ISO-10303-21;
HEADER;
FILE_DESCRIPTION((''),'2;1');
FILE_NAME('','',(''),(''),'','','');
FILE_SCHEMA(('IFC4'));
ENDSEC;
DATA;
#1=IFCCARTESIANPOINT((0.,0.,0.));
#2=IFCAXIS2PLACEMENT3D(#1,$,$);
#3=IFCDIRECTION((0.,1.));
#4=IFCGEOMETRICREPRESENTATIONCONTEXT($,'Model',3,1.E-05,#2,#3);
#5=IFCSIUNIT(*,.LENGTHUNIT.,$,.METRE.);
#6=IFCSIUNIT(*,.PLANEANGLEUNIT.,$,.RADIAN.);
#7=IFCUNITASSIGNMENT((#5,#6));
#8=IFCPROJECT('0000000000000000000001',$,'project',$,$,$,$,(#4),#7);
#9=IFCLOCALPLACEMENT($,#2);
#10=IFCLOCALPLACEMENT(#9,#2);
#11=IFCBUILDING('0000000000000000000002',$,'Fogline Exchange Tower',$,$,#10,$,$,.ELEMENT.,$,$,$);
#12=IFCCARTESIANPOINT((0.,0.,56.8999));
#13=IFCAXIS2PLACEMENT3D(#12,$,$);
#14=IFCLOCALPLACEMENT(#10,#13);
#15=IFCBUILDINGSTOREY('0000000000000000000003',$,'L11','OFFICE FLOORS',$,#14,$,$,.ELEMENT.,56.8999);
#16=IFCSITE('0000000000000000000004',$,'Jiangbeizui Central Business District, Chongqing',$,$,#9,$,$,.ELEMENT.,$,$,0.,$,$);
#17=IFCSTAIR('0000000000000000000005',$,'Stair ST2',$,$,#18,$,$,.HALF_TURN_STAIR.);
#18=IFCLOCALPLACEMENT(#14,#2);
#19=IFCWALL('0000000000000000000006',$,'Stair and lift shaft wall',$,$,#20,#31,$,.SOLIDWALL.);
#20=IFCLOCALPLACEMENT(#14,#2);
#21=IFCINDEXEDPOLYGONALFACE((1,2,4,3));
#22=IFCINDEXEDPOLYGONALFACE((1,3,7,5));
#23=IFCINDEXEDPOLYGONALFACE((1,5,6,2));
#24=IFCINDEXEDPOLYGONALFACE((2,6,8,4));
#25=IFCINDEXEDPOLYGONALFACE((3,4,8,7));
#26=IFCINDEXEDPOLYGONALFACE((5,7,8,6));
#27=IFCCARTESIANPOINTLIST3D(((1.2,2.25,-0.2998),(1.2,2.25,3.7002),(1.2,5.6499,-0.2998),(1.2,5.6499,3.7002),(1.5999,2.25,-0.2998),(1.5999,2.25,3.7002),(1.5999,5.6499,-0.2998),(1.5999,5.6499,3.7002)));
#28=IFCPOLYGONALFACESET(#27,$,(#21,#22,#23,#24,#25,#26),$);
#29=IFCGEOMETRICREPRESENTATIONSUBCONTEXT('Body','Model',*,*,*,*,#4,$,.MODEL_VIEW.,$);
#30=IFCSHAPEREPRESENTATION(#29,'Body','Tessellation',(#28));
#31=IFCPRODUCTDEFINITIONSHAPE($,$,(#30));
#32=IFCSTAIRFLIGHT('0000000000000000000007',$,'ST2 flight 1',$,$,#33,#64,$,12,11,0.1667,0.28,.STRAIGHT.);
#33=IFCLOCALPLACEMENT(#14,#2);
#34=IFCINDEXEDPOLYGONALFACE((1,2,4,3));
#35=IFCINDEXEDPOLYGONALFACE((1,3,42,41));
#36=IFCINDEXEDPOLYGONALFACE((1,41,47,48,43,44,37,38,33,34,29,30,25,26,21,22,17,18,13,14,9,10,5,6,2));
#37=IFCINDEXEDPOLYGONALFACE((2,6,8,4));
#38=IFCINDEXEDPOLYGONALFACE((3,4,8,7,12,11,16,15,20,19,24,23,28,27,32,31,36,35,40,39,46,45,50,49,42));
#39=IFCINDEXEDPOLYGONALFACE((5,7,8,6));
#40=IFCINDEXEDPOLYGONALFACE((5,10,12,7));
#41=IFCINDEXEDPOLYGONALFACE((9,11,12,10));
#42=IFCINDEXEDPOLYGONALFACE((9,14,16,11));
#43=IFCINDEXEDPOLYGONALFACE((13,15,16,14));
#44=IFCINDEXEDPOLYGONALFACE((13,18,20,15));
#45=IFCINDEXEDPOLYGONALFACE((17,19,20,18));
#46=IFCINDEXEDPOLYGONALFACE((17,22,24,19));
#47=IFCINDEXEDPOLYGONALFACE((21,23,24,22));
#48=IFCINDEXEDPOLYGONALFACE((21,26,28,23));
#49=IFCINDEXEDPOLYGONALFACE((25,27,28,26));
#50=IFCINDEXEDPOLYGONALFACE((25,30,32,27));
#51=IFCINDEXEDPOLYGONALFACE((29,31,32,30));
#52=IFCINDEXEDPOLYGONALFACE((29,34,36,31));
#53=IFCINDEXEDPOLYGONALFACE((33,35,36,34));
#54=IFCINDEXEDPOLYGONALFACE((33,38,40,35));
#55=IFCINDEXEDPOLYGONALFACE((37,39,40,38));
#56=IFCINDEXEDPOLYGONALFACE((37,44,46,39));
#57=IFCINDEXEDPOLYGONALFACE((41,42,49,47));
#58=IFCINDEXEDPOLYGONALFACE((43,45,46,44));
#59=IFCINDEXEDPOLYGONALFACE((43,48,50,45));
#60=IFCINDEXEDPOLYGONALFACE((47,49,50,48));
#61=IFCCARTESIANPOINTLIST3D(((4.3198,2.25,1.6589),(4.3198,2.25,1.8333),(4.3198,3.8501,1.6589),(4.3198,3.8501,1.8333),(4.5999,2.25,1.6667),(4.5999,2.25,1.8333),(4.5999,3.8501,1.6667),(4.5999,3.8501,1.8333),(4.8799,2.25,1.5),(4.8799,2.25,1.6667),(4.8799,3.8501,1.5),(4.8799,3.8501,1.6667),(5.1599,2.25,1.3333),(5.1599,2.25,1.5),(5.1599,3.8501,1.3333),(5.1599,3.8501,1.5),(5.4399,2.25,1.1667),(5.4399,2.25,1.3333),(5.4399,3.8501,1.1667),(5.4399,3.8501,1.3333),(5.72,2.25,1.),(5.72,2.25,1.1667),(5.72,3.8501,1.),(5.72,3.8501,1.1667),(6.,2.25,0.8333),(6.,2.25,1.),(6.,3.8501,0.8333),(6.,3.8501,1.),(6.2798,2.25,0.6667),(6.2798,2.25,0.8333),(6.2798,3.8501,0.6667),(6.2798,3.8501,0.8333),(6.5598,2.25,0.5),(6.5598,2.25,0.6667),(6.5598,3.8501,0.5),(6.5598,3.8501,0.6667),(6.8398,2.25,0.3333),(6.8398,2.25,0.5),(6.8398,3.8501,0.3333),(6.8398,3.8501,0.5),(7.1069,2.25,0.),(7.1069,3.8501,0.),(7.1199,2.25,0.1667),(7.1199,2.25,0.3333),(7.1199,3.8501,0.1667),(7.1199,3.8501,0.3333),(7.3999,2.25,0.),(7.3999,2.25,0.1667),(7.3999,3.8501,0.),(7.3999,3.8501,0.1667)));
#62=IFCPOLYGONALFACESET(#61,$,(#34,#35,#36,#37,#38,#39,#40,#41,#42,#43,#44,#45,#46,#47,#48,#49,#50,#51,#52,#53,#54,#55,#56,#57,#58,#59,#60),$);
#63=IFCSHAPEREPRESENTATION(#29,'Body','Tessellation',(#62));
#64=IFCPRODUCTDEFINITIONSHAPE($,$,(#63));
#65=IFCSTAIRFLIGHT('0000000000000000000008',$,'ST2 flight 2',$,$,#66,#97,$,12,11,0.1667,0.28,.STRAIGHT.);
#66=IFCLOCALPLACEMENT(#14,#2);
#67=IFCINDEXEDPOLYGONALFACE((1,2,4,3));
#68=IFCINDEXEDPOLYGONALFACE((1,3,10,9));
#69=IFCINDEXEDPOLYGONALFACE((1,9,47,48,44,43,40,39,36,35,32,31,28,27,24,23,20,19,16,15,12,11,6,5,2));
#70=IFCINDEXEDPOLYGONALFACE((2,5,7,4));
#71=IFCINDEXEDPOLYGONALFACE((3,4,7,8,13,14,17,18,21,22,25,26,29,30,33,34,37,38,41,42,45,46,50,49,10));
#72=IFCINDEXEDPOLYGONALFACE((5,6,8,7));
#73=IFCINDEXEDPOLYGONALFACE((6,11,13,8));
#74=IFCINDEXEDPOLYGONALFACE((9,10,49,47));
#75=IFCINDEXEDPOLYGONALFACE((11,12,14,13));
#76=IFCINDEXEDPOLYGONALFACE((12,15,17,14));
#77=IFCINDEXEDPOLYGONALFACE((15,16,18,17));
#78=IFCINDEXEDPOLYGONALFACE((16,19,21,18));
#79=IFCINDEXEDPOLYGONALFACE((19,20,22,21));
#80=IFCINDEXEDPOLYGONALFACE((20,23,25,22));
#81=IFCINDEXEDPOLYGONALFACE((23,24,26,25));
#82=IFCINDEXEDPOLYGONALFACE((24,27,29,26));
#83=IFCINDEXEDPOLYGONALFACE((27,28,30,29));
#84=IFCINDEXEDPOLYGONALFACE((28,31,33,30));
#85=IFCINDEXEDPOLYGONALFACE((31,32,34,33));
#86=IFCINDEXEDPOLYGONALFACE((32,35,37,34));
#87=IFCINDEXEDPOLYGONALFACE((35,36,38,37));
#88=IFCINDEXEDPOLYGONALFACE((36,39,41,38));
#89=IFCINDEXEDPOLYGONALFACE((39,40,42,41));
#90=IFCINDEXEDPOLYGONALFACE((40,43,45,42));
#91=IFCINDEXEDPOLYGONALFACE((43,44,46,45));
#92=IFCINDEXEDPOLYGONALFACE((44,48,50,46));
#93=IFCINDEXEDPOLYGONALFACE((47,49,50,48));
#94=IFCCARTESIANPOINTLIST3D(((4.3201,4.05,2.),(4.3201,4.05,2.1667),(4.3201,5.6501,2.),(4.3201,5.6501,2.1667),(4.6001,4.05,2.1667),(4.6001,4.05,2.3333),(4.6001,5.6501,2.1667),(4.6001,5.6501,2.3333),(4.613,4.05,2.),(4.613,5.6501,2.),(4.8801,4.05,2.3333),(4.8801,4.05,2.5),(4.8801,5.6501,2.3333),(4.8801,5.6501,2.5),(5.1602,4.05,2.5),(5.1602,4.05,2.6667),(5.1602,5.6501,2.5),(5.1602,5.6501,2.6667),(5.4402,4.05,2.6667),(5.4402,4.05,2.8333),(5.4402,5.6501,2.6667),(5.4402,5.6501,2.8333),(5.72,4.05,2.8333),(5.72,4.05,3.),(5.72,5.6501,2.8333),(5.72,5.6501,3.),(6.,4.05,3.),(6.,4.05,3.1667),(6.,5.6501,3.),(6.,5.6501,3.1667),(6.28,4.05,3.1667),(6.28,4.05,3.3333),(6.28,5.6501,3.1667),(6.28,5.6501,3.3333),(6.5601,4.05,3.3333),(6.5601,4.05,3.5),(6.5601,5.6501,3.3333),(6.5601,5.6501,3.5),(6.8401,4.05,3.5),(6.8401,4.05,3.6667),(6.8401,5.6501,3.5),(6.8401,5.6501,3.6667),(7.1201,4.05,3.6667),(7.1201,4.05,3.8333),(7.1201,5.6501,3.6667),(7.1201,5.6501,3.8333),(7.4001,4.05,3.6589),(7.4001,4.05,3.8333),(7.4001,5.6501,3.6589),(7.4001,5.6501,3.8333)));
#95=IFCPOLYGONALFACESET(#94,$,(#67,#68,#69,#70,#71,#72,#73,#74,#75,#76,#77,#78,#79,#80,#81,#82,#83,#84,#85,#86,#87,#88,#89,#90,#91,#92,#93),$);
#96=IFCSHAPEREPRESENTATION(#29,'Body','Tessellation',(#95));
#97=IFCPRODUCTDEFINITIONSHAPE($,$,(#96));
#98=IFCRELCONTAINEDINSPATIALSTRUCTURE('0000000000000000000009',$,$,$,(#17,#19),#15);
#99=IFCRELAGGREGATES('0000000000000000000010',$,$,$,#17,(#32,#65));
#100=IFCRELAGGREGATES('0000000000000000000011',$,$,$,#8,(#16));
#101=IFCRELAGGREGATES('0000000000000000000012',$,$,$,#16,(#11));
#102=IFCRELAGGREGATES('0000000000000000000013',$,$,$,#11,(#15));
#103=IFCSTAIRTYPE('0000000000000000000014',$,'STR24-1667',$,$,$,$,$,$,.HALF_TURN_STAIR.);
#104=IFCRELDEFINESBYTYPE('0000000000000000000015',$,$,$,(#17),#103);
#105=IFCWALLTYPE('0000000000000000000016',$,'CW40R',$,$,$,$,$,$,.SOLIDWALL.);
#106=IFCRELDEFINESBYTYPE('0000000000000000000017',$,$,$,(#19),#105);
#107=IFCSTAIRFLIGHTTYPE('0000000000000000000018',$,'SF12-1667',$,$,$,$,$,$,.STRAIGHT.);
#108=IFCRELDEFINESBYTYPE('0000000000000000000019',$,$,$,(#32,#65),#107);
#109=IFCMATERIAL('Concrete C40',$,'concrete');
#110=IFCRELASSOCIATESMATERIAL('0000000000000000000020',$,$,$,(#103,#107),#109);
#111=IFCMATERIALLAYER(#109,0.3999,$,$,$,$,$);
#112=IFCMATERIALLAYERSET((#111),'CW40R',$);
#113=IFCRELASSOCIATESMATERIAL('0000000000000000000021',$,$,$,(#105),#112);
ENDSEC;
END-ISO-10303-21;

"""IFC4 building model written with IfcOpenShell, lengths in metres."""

from ifc_helpers import new_model, si_unit, direction, frame, frame_2d, origin, place, context, subcontext, project, spatial, polyline, rectangle, outline, extrude, material, layer, layer_set, type_object, element, aggregate, save


model = new_model("IFC4")

# Units and contexts
model_context = context("Model", 3, precision=1e-05, world=origin(), true_north=direction((0.0, 1.0)))
body_context = subcontext(model_context, "Body", "Model", "MODEL_VIEW")
ifc_project = project(units=[si_unit("LENGTHUNIT", "METRE"), si_unit("PLANEANGLEUNIT", "RADIAN")], contexts=[model_context])

# Site, building, storey
site_placement = place(None, origin())
site = spatial("IfcSite", under=ifc_project, at=site_placement, Name="Jiangbeizui Central Business District, Chongqing", CompositionType="ELEMENT", RefElevation=0.0)
building_placement = place(site_placement, origin())
building = spatial("IfcBuilding", under=site, at=building_placement, Name="Fogline Exchange Tower", CompositionType="ELEMENT")
storey_placement = place(building_placement, frame((0.0, 0.0, 56.8999)))
storey = spatial("IfcBuildingStorey", under=building, at=storey_placement, Name="L11", Description="OFFICE FLOORS", CompositionType="ELEMENT", Elevation=56.8999)

# Shared definitions
ifc_material_1 = material(Name="Concrete C40", Category="concrete")

# Stair
stair_type = type_object("IfcStairType", Name="STR24-1667", PredefinedType="HALF_TURN_STAIR", material=ifc_material_1)
stair_1_placement = place(storey_placement, origin())
stair_1 = element("IfcStair", 1, at=stair_1_placement, inside=storey, type_object=stair_type, Name="Stair ST2", PredefinedType="HALF_TURN_STAIR")

# Wall
ifc_layer_1 = layer(ifc_material_1, 0.3999)
ifc_layer_set_1 = layer_set([ifc_layer_1], Name="CW40R")
wall_type_1 = type_object("IfcWallType", Name="CW40R", PredefinedType="SOLIDWALL", material=ifc_layer_set_1)
wall_1_placement = place(storey_placement, frame((1.3999, 2.25, -0.2998), z_axis=(0.0, 0.0, 1.0), x_axis=(0.0, 1.0, 0.0)))
element("IfcWall", 2, at=wall_1_placement, inside=storey, type_object=wall_type_1, Name="Stair and lift shaft wall", PredefinedType="SOLIDWALL", context=body_context, shape_type="SweptSolid", body=[
    extrude(rectangle(XDim=3.3999, YDim=0.3999, at=frame_2d((1.7, 0.0))), origin(), (0.0, 0.0, 1.0), 4.0),
])

# Stair flights
stair_flight_type = type_object("IfcStairFlightType", Name="SF12-1667", PredefinedType="STRAIGHT", material=ifc_material_1)
stair_flight_1_placement = place(storey_placement, frame((7.3999, 3.05, 0.0), z_axis=(0.0, 0.0, 1.0), x_axis=(-1.0, 0.0, 0.0)))
stair_flight_1 = element("IfcStairFlight", 3, at=stair_flight_1_placement, type_object=stair_flight_type, Name="ST2 flight 1", NumberOfRisers=12, NumberOfTreads=11, PredefinedType="STRAIGHT", RiserHeight=0.1667, TreadLength=0.28, context=body_context, shape_type="SweptSolid", body=[
    extrude(outline(polyline([(0.0, 0.0), (0.0, 0.1667), (0.28, 0.1667), (0.28, 0.3333), (0.5601, 0.3333), (0.5601, 0.5), (0.8401, 0.5), (0.8401, 0.6667), (1.1201, 0.6667), (1.1201, 0.8333), (1.3999, 0.8333), (1.3999, 1.0), (1.6799, 1.0), (1.6799, 1.1667), (1.96, 1.1667), (1.96, 1.3333), (2.24, 1.3333), (2.24, 1.5), (2.52, 1.5), (2.52, 1.6667), (2.8, 1.6667), (2.8, 1.8333), (3.0801, 1.8333), (3.0801, 2.0), (3.0801, 1.6589), (0.293, 0.0), (0.0, 0.0)])), frame((0.0, 0.8, 0.0), z_axis=(0.0, -1.0, 0.0), x_axis=(1.0, 0.0, 0.0)), (0.0, 0.0, 1.0), 1.6001),
])
stair_flight_2_placement = place(storey_placement, frame((4.3201, 4.8501, 2.0), z_axis=(0.0, 0.0, 1.0), x_axis=(1.0, 0.0, 0.0)))
stair_flight_2 = element("IfcStairFlight", 4, at=stair_flight_2_placement, type_object=stair_flight_type, Name="ST2 flight 2", NumberOfRisers=12, NumberOfTreads=11, PredefinedType="STRAIGHT", RiserHeight=0.1667, TreadLength=0.28, context=body_context, shape_type="SweptSolid", body=[
    extrude(outline(polyline([(0.0, 0.0), (0.0, 0.1667), (0.28, 0.1667), (0.28, 0.3333), (0.5601, 0.3333), (0.5601, 0.5), (0.8401, 0.5), (0.8401, 0.6667), (1.1201, 0.6667), (1.1201, 0.8333), (1.3999, 0.8333), (1.3999, 1.0), (1.6799, 1.0), (1.6799, 1.1667), (1.96, 1.1667), (1.96, 1.3333), (2.24, 1.3333), (2.24, 1.5), (2.52, 1.5), (2.52, 1.6667), (2.8, 1.6667), (2.8, 1.8333), (3.0801, 1.8333), (3.0801, 2.0), (3.0801, 1.6589), (0.293, 0.0), (0.0, 0.0)])), frame((0.0, 0.8, 0.0), z_axis=(0.0, -1.0, 0.0), x_axis=(1.0, 0.0, 0.0)), (0.0, 0.0, 1.0), 1.6001),
])
aggregate(stair_1, [stair_flight_1, stair_flight_2])

save(model, "model.ifc")
